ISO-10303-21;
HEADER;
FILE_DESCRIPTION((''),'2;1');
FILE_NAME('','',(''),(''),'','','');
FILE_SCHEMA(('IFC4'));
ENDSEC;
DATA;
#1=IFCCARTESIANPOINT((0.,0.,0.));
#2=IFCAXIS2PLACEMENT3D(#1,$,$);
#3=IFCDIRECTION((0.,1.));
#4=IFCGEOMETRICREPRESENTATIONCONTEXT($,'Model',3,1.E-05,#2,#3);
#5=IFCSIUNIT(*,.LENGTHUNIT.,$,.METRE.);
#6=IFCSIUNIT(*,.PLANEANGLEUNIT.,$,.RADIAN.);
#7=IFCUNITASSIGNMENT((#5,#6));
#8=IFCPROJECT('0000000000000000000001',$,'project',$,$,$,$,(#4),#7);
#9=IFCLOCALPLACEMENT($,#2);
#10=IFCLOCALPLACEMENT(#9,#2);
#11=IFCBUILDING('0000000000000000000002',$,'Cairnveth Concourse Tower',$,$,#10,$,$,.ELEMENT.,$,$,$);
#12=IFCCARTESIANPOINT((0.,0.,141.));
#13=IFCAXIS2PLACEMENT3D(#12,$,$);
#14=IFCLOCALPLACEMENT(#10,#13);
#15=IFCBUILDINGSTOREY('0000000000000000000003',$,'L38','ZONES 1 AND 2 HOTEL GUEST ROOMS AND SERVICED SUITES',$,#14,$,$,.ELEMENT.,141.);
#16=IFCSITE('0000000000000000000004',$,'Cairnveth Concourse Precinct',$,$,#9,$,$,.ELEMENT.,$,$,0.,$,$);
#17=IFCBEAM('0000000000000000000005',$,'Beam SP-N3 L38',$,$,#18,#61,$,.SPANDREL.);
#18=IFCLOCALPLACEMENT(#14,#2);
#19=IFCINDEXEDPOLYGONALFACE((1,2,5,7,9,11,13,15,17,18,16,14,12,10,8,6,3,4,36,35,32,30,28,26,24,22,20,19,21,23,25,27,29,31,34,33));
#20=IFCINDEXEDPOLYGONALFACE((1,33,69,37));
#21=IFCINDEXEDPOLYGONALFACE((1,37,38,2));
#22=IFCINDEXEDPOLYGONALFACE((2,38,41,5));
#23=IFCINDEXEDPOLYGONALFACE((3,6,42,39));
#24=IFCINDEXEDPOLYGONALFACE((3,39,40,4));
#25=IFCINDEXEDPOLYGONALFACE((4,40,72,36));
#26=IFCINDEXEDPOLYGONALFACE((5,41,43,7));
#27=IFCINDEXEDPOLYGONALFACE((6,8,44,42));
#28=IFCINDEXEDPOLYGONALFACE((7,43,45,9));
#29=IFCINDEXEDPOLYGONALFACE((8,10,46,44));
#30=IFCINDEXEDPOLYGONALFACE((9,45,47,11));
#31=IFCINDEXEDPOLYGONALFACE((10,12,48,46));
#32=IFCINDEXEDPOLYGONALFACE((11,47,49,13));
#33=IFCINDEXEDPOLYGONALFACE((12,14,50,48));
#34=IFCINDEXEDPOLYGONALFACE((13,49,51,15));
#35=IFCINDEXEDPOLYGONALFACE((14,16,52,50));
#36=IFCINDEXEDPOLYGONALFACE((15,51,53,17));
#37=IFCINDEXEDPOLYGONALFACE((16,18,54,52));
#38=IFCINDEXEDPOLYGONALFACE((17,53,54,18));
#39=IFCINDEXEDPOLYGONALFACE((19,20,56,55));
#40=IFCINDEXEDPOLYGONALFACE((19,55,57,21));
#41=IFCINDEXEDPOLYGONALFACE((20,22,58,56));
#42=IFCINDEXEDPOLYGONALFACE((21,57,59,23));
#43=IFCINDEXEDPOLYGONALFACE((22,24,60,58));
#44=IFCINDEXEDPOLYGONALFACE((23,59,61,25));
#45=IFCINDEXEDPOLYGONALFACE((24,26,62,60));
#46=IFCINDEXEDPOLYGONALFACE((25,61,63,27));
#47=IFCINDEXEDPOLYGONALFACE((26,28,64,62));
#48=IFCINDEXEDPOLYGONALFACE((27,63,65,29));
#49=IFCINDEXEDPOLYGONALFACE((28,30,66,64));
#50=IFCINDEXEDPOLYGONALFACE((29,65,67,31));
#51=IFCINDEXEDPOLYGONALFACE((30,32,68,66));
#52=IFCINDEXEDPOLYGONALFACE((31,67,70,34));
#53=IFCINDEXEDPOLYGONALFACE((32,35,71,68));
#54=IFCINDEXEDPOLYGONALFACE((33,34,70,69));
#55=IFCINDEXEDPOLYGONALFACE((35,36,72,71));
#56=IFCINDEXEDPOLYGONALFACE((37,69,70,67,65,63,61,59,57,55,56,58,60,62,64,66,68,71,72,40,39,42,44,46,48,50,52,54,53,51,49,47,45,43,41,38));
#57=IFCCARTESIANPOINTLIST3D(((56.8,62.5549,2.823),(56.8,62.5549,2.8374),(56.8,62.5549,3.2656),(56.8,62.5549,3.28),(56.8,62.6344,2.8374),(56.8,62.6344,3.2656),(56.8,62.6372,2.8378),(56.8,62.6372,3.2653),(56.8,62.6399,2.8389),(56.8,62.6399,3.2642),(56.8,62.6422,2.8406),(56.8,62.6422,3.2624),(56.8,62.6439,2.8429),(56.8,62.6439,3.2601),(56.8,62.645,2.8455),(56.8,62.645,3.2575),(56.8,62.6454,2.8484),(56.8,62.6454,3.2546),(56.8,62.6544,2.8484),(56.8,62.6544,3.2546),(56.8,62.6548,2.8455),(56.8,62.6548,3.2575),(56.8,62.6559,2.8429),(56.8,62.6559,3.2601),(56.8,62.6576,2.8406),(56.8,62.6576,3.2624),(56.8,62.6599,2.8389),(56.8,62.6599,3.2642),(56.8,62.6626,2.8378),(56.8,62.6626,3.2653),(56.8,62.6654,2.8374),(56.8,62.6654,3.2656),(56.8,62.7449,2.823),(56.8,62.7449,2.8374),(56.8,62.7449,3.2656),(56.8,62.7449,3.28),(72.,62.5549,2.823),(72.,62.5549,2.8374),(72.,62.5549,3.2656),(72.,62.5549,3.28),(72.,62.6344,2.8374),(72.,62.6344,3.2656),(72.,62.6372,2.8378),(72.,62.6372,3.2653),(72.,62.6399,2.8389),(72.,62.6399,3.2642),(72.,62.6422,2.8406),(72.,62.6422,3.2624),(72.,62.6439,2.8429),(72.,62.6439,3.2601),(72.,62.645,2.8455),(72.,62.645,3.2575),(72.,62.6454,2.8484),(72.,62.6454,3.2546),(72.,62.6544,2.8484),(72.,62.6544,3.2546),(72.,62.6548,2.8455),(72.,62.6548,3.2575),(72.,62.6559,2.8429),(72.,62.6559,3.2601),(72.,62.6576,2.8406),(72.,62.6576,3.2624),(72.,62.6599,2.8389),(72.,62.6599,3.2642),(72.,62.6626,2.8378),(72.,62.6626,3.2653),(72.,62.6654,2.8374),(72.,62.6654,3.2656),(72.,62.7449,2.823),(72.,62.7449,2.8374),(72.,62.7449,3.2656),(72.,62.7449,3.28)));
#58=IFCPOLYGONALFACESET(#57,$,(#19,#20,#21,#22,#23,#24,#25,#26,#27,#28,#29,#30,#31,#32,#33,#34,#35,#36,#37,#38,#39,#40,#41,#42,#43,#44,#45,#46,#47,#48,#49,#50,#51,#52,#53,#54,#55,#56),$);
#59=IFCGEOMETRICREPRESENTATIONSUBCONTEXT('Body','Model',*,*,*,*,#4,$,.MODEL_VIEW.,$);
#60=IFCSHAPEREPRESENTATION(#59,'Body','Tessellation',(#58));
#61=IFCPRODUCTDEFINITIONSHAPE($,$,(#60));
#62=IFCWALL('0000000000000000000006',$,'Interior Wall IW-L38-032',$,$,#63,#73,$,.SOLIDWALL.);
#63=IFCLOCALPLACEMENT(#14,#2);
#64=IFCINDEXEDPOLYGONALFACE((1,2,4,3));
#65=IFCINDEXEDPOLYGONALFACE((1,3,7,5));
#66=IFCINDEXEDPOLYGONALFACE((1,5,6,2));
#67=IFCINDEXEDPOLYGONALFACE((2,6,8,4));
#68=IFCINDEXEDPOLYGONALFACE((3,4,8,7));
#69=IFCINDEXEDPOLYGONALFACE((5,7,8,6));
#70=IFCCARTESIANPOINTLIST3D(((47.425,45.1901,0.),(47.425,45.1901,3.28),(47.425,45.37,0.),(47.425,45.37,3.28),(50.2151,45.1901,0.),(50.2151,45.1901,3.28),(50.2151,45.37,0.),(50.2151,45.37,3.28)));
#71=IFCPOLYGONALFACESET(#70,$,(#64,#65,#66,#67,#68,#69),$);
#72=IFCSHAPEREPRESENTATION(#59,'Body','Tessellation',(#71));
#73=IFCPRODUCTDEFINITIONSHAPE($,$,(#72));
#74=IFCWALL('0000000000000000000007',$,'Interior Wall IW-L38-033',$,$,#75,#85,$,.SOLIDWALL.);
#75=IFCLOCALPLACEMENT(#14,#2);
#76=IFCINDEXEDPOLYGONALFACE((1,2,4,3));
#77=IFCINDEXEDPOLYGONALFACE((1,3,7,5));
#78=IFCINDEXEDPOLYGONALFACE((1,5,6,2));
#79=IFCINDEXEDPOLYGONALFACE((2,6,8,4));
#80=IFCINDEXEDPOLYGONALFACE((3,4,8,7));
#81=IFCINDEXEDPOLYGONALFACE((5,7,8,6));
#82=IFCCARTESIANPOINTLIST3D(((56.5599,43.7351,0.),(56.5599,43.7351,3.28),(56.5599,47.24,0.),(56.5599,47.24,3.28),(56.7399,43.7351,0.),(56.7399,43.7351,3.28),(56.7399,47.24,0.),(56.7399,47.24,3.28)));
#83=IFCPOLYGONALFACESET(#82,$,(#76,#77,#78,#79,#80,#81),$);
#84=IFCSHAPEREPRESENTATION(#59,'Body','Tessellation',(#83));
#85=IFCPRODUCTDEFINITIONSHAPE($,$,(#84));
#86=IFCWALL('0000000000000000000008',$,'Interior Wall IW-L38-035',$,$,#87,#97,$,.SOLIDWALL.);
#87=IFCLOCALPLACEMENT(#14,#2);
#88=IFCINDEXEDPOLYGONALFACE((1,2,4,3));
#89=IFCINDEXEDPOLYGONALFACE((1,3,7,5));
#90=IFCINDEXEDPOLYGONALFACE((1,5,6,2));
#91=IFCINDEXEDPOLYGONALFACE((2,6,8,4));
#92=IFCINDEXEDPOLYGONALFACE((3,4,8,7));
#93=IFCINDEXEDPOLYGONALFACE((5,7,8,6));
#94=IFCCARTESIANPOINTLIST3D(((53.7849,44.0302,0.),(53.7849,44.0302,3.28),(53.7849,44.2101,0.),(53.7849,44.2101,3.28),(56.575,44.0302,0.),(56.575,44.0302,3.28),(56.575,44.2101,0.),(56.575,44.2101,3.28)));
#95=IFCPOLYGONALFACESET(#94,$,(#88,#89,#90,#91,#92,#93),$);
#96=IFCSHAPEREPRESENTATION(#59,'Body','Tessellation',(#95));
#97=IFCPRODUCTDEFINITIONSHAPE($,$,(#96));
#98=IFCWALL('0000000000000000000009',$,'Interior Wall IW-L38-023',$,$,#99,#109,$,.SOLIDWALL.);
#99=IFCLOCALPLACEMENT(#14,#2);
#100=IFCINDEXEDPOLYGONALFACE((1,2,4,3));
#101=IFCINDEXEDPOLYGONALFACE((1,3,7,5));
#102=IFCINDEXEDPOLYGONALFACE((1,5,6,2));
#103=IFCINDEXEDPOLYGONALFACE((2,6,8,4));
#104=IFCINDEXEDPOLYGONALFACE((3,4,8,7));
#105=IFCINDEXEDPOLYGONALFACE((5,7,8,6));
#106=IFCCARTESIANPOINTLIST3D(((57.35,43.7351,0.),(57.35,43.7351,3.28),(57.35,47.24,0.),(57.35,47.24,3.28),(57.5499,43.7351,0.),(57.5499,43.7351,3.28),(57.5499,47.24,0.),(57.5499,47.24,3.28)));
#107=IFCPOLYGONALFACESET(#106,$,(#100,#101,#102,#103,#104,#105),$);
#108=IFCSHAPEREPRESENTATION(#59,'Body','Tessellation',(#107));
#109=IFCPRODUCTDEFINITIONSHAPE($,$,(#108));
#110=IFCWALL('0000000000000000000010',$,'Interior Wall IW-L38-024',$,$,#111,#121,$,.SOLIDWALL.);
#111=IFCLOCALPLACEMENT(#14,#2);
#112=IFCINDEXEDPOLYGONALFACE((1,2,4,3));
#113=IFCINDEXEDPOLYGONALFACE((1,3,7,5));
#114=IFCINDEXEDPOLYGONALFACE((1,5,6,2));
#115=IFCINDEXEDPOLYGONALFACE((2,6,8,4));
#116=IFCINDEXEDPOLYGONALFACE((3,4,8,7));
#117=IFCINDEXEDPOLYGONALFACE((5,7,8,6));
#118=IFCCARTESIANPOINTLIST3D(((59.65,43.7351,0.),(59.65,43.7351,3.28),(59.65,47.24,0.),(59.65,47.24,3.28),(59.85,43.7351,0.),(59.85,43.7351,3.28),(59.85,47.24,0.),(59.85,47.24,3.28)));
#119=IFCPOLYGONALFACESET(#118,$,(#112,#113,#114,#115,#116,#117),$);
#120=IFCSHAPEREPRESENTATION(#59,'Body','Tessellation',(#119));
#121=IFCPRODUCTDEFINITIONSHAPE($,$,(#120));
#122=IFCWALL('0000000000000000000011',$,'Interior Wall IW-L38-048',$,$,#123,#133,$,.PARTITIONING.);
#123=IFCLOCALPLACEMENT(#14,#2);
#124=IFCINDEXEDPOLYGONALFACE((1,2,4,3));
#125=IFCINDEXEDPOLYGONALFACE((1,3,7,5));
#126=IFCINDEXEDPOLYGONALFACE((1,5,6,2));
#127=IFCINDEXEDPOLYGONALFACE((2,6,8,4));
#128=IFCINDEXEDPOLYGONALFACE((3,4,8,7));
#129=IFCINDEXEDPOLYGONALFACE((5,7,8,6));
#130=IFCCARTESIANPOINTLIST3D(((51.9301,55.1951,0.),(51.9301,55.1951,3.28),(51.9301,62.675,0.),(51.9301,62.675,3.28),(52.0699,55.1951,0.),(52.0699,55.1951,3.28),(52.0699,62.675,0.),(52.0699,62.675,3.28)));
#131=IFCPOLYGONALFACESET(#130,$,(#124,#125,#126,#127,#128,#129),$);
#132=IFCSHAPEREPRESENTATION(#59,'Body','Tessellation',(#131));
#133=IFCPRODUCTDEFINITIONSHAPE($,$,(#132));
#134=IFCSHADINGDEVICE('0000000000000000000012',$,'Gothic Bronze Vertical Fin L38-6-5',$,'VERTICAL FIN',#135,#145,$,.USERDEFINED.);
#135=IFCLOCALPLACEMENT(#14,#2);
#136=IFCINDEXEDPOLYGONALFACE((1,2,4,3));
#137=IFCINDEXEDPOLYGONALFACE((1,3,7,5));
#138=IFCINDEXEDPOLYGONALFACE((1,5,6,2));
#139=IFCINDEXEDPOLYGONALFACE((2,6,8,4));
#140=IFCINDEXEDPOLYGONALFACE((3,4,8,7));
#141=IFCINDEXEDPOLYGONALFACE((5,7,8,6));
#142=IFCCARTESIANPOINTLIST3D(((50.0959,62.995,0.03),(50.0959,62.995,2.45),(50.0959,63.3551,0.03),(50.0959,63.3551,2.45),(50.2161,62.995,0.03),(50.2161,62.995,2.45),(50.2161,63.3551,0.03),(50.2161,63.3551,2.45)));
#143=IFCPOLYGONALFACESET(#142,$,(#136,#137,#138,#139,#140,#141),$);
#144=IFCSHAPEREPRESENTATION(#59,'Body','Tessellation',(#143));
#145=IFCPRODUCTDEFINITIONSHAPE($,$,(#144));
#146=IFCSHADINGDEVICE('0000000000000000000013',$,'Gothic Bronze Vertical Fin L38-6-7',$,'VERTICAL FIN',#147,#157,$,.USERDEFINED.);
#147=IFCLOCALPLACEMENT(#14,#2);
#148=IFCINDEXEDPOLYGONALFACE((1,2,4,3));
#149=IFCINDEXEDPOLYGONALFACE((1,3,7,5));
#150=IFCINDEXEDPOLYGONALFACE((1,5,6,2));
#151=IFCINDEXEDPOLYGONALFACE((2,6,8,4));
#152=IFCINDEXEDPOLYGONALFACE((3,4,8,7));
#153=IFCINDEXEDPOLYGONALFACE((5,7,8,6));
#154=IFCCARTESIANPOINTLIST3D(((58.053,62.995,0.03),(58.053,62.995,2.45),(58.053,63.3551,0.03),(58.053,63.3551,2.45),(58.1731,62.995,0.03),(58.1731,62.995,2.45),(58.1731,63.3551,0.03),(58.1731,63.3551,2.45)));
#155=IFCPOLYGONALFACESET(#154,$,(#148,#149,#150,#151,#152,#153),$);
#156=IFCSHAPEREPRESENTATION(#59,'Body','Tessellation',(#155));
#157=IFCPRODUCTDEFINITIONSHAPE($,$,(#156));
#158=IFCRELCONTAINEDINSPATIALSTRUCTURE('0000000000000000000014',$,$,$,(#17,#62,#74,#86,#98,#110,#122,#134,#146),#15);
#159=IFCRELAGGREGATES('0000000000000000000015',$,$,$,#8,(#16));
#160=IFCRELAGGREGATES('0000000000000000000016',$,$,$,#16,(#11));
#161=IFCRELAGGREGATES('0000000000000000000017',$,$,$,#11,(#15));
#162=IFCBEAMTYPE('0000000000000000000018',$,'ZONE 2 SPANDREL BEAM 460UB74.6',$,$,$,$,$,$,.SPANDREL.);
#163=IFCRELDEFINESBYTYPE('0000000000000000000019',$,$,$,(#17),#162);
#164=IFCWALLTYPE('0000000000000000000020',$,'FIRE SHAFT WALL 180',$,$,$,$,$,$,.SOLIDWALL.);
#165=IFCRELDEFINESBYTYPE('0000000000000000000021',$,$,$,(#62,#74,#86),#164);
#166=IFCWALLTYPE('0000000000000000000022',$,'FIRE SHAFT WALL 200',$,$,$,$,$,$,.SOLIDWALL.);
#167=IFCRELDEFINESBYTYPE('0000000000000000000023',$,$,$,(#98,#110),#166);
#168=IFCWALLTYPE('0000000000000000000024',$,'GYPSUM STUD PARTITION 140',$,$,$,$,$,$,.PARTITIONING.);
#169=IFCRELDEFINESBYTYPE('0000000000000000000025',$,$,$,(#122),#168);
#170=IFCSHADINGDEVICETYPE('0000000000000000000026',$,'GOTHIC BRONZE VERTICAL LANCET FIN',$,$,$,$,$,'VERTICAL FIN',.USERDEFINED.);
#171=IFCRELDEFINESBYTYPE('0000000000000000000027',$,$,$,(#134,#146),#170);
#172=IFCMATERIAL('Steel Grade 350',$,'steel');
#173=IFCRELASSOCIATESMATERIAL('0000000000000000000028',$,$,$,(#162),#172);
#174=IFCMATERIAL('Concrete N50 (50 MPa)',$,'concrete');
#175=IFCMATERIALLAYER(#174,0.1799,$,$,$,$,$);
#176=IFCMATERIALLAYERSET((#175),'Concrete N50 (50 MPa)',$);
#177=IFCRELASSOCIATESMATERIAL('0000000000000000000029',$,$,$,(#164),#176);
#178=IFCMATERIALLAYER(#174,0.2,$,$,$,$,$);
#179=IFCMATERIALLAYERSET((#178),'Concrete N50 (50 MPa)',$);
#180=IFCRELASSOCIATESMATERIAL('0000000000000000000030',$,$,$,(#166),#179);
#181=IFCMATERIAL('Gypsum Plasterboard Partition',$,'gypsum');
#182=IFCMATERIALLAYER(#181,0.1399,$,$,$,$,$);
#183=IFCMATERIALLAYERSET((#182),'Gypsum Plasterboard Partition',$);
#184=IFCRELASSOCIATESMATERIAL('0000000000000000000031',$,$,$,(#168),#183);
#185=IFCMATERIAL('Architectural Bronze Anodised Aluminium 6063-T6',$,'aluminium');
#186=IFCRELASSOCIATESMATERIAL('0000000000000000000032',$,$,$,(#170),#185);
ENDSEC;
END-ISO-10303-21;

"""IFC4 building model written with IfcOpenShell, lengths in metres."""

from ifc_helpers import new_model, si_unit, direction, frame, frame_2d, origin, origin_2d, place, context, subcontext, project, spatial, rectangle, i_section, extrude, material, layer, layer_set, material_profile, profile_set, type_object, element, save


model = new_model("IFC4")

# Units and contexts
model_context = context("Model", 3, precision=1e-05, world=origin(), true_north=direction((0.0, 1.0)))
body_context = subcontext(model_context, "Body", "Model", "MODEL_VIEW")
ifc_project = project(units=[si_unit("LENGTHUNIT", "METRE"), si_unit("PLANEANGLEUNIT", "RADIAN")], contexts=[model_context])

# Site, building, storey
site_placement = place(None, origin())
site = spatial("IfcSite", under=ifc_project, at=site_placement, Name="Cairnveth Concourse Precinct", CompositionType="ELEMENT", RefElevation=0.0)
building_placement = place(site_placement, origin())
building = spatial("IfcBuilding", under=site, at=building_placement, Name="Cairnveth Concourse Tower", CompositionType="ELEMENT")
storey_placement = place(building_placement, frame((0.0, 0.0, 141.0)))
storey = spatial("IfcBuildingStorey", under=building, at=storey_placement, Name="L38", Description="ZONES 1 AND 2 HOTEL GUEST ROOMS AND SERVICED SUITES", CompositionType="ELEMENT", Elevation=141.0)

# Beam
ifc_material_1 = material(Name="Steel Grade 350", Category="steel")
ifc_material_profile_1 = material_profile(ifc_material_1, i_section(OverallWidth=0.1899, OverallDepth=0.457, WebThickness=0.009, FlangeThickness=0.0144, FilletRadius=0.011, at=origin_2d()), Name="460UB74.6")
ifc_profile_set_1 = profile_set([ifc_material_profile_1], Name="Steel Grade 350")
beam_type_1 = type_object("IfcBeamType", Name="ZONE 2 SPANDREL BEAM 460UB74.6", PredefinedType="SPANDREL", material=ifc_profile_set_1)
beam_1_placement = place(storey_placement, frame((56.8, 62.6499, 3.0515), z_axis=(1.0, 0.0, 0.0), x_axis=(0.0, 1.0, 0.0)))
element("IfcBeam", 1, at=beam_1_placement, inside=storey, type_object=beam_type_1, Name="Beam SP-N3 L38", PredefinedType="SPANDREL", context=body_context, shape_type="SweptSolid", body=[
    extrude(i_section(OverallWidth=0.1899, OverallDepth=0.457, WebThickness=0.009, FlangeThickness=0.0144, FilletRadius=0.011, at=origin_2d()), origin(), (0.0, 0.0, 1.0), 15.2),
])

# Walls
ifc_material_2 = material(Name="Concrete N50 (50 MPa)", Category="concrete")
ifc_layer_1 = layer(ifc_material_2, 0.1799)
ifc_layer_set_1 = layer_set([ifc_layer_1], Name="Concrete N50 (50 MPa)")
wall_type_1 = type_object("IfcWallType", Name="FIRE SHAFT WALL 180", PredefinedType="SOLIDWALL", material=ifc_layer_set_1)
wall_1_placement = place(storey_placement, frame((47.425, 45.28, 0.0), z_axis=(0.0, 0.0, 1.0), x_axis=(1.0, 0.0, 0.0)))
element("IfcWall", 2, at=wall_1_placement, inside=storey, type_object=wall_type_1, Name="Interior Wall IW-L38-032", PredefinedType="SOLIDWALL", context=body_context, shape_type="SweptSolid", body=[
    extrude(rectangle(XDim=2.79, YDim=0.1799, at=frame_2d((1.395, 0.0))), origin(), (0.0, 0.0, 1.0), 3.28),
])
wall_2_placement = place(storey_placement, frame((56.6499, 43.7351, 0.0), z_axis=(0.0, 0.0, 1.0), x_axis=(0.0, 1.0, 0.0)))
element("IfcWall", 3, at=wall_2_placement, inside=storey, type_object=wall_type_1, Name="Interior Wall IW-L38-033", PredefinedType="SOLIDWALL", context=body_context, shape_type="SweptSolid", body=[
    extrude(rectangle(XDim=3.5049, YDim=0.1799, at=frame_2d((1.7524, 0.0))), origin(), (0.0, 0.0, 1.0), 3.28),
])
wall_3_placement = place(storey_placement, frame((53.7849, 44.1201, 0.0), z_axis=(0.0, 0.0, 1.0), x_axis=(1.0, 0.0, 0.0)))
element("IfcWall", 4, at=wall_3_placement, inside=storey, type_object=wall_type_1, Name="Interior Wall IW-L38-035", PredefinedType="SOLIDWALL", context=body_context, shape_type="SweptSolid", body=[
    extrude(rectangle(XDim=2.79, YDim=0.1799, at=frame_2d((1.395, 0.0))), origin(), (0.0, 0.0, 1.0), 3.28),
])
ifc_layer_2 = layer(ifc_material_2, 0.2)
ifc_layer_set_2 = layer_set([ifc_layer_2], Name="Concrete N50 (50 MPa)")
wall_type_2 = type_object("IfcWallType", Name="FIRE SHAFT WALL 200", PredefinedType="SOLIDWALL", material=ifc_layer_set_2)
for number, where, z_axis, x_axis, name in (
    (5, (57.45, 43.7351, 0.0), (0.0, 0.0, 1.0), (0.0, 1.0, 0.0), "Interior Wall IW-L38-023"),
    (6, (59.75, 43.7351, 0.0), (0.0, 0.0, 1.0), (0.0, 1.0, 0.0), "Interior Wall IW-L38-024"),
):
    element("IfcWall", number, at=place(storey_placement, frame(where, z_axis=z_axis, x_axis=x_axis)), inside=storey, type_object=wall_type_2, Name=name, PredefinedType="SOLIDWALL", context=body_context, shape_type="SweptSolid", body=[
        extrude(rectangle(XDim=3.5049, YDim=0.2, at=frame_2d((1.7524, 0.0))), origin(), (0.0, 0.0, 1.0), 3.28),
    ])
ifc_material_3 = material(Name="Gypsum Plasterboard Partition", Category="gypsum")
ifc_layer_3 = layer(ifc_material_3, 0.1399)
ifc_layer_set_3 = layer_set([ifc_layer_3], Name="Gypsum Plasterboard Partition")
wall_type_3 = type_object("IfcWallType", Name="GYPSUM STUD PARTITION 140", PredefinedType="PARTITIONING", material=ifc_layer_set_3)
wall_4_placement = place(storey_placement, frame((52.0, 55.1951, 0.0), z_axis=(0.0, 0.0, 1.0), x_axis=(0.0, 1.0, 0.0)))
element("IfcWall", 7, at=wall_4_placement, inside=storey, type_object=wall_type_3, Name="Interior Wall IW-L38-048", PredefinedType="PARTITIONING", context=body_context, shape_type="SweptSolid", body=[
    extrude(rectangle(XDim=7.48, YDim=0.1399, at=frame_2d((3.74, 0.0))), origin(), (0.0, 0.0, 1.0), 3.28),
])

# Shading devices
ifc_material_4 = material(Name="Architectural Bronze Anodised Aluminium 6063-T6", Category="aluminium")
shading_device_type = type_object("IfcShadingDeviceType", Name="GOTHIC BRONZE VERTICAL LANCET FIN", ElementType="VERTICAL FIN", PredefinedType="USERDEFINED", material=ifc_material_4)
for number, where, z_axis, x_axis, name in (
    (8, (50.156, 63.175, 0.03), (0.0, 0.0, 1.0), (1.0, 0.0, 0.0), "Gothic Bronze Vertical Fin L38-6-5"),
    (9, (58.113, 63.175, 0.03), (0.0, 0.0, 1.0), (1.0, 0.0, 0.0), "Gothic Bronze Vertical Fin L38-6-7"),
):
    element("IfcShadingDevice", number, at=place(storey_placement, frame(where, z_axis=z_axis, x_axis=x_axis)), inside=storey, type_object=shading_device_type, Name=name, ObjectType="VERTICAL FIN", PredefinedType="USERDEFINED", context=body_context, shape_type="SweptSolid", body=[
        extrude(rectangle(XDim=0.1201, YDim=0.3601, at=origin_2d()), origin(), (0.0, 0.0, 1.0), 2.4199),
    ])

save(model, "model.ifc")
